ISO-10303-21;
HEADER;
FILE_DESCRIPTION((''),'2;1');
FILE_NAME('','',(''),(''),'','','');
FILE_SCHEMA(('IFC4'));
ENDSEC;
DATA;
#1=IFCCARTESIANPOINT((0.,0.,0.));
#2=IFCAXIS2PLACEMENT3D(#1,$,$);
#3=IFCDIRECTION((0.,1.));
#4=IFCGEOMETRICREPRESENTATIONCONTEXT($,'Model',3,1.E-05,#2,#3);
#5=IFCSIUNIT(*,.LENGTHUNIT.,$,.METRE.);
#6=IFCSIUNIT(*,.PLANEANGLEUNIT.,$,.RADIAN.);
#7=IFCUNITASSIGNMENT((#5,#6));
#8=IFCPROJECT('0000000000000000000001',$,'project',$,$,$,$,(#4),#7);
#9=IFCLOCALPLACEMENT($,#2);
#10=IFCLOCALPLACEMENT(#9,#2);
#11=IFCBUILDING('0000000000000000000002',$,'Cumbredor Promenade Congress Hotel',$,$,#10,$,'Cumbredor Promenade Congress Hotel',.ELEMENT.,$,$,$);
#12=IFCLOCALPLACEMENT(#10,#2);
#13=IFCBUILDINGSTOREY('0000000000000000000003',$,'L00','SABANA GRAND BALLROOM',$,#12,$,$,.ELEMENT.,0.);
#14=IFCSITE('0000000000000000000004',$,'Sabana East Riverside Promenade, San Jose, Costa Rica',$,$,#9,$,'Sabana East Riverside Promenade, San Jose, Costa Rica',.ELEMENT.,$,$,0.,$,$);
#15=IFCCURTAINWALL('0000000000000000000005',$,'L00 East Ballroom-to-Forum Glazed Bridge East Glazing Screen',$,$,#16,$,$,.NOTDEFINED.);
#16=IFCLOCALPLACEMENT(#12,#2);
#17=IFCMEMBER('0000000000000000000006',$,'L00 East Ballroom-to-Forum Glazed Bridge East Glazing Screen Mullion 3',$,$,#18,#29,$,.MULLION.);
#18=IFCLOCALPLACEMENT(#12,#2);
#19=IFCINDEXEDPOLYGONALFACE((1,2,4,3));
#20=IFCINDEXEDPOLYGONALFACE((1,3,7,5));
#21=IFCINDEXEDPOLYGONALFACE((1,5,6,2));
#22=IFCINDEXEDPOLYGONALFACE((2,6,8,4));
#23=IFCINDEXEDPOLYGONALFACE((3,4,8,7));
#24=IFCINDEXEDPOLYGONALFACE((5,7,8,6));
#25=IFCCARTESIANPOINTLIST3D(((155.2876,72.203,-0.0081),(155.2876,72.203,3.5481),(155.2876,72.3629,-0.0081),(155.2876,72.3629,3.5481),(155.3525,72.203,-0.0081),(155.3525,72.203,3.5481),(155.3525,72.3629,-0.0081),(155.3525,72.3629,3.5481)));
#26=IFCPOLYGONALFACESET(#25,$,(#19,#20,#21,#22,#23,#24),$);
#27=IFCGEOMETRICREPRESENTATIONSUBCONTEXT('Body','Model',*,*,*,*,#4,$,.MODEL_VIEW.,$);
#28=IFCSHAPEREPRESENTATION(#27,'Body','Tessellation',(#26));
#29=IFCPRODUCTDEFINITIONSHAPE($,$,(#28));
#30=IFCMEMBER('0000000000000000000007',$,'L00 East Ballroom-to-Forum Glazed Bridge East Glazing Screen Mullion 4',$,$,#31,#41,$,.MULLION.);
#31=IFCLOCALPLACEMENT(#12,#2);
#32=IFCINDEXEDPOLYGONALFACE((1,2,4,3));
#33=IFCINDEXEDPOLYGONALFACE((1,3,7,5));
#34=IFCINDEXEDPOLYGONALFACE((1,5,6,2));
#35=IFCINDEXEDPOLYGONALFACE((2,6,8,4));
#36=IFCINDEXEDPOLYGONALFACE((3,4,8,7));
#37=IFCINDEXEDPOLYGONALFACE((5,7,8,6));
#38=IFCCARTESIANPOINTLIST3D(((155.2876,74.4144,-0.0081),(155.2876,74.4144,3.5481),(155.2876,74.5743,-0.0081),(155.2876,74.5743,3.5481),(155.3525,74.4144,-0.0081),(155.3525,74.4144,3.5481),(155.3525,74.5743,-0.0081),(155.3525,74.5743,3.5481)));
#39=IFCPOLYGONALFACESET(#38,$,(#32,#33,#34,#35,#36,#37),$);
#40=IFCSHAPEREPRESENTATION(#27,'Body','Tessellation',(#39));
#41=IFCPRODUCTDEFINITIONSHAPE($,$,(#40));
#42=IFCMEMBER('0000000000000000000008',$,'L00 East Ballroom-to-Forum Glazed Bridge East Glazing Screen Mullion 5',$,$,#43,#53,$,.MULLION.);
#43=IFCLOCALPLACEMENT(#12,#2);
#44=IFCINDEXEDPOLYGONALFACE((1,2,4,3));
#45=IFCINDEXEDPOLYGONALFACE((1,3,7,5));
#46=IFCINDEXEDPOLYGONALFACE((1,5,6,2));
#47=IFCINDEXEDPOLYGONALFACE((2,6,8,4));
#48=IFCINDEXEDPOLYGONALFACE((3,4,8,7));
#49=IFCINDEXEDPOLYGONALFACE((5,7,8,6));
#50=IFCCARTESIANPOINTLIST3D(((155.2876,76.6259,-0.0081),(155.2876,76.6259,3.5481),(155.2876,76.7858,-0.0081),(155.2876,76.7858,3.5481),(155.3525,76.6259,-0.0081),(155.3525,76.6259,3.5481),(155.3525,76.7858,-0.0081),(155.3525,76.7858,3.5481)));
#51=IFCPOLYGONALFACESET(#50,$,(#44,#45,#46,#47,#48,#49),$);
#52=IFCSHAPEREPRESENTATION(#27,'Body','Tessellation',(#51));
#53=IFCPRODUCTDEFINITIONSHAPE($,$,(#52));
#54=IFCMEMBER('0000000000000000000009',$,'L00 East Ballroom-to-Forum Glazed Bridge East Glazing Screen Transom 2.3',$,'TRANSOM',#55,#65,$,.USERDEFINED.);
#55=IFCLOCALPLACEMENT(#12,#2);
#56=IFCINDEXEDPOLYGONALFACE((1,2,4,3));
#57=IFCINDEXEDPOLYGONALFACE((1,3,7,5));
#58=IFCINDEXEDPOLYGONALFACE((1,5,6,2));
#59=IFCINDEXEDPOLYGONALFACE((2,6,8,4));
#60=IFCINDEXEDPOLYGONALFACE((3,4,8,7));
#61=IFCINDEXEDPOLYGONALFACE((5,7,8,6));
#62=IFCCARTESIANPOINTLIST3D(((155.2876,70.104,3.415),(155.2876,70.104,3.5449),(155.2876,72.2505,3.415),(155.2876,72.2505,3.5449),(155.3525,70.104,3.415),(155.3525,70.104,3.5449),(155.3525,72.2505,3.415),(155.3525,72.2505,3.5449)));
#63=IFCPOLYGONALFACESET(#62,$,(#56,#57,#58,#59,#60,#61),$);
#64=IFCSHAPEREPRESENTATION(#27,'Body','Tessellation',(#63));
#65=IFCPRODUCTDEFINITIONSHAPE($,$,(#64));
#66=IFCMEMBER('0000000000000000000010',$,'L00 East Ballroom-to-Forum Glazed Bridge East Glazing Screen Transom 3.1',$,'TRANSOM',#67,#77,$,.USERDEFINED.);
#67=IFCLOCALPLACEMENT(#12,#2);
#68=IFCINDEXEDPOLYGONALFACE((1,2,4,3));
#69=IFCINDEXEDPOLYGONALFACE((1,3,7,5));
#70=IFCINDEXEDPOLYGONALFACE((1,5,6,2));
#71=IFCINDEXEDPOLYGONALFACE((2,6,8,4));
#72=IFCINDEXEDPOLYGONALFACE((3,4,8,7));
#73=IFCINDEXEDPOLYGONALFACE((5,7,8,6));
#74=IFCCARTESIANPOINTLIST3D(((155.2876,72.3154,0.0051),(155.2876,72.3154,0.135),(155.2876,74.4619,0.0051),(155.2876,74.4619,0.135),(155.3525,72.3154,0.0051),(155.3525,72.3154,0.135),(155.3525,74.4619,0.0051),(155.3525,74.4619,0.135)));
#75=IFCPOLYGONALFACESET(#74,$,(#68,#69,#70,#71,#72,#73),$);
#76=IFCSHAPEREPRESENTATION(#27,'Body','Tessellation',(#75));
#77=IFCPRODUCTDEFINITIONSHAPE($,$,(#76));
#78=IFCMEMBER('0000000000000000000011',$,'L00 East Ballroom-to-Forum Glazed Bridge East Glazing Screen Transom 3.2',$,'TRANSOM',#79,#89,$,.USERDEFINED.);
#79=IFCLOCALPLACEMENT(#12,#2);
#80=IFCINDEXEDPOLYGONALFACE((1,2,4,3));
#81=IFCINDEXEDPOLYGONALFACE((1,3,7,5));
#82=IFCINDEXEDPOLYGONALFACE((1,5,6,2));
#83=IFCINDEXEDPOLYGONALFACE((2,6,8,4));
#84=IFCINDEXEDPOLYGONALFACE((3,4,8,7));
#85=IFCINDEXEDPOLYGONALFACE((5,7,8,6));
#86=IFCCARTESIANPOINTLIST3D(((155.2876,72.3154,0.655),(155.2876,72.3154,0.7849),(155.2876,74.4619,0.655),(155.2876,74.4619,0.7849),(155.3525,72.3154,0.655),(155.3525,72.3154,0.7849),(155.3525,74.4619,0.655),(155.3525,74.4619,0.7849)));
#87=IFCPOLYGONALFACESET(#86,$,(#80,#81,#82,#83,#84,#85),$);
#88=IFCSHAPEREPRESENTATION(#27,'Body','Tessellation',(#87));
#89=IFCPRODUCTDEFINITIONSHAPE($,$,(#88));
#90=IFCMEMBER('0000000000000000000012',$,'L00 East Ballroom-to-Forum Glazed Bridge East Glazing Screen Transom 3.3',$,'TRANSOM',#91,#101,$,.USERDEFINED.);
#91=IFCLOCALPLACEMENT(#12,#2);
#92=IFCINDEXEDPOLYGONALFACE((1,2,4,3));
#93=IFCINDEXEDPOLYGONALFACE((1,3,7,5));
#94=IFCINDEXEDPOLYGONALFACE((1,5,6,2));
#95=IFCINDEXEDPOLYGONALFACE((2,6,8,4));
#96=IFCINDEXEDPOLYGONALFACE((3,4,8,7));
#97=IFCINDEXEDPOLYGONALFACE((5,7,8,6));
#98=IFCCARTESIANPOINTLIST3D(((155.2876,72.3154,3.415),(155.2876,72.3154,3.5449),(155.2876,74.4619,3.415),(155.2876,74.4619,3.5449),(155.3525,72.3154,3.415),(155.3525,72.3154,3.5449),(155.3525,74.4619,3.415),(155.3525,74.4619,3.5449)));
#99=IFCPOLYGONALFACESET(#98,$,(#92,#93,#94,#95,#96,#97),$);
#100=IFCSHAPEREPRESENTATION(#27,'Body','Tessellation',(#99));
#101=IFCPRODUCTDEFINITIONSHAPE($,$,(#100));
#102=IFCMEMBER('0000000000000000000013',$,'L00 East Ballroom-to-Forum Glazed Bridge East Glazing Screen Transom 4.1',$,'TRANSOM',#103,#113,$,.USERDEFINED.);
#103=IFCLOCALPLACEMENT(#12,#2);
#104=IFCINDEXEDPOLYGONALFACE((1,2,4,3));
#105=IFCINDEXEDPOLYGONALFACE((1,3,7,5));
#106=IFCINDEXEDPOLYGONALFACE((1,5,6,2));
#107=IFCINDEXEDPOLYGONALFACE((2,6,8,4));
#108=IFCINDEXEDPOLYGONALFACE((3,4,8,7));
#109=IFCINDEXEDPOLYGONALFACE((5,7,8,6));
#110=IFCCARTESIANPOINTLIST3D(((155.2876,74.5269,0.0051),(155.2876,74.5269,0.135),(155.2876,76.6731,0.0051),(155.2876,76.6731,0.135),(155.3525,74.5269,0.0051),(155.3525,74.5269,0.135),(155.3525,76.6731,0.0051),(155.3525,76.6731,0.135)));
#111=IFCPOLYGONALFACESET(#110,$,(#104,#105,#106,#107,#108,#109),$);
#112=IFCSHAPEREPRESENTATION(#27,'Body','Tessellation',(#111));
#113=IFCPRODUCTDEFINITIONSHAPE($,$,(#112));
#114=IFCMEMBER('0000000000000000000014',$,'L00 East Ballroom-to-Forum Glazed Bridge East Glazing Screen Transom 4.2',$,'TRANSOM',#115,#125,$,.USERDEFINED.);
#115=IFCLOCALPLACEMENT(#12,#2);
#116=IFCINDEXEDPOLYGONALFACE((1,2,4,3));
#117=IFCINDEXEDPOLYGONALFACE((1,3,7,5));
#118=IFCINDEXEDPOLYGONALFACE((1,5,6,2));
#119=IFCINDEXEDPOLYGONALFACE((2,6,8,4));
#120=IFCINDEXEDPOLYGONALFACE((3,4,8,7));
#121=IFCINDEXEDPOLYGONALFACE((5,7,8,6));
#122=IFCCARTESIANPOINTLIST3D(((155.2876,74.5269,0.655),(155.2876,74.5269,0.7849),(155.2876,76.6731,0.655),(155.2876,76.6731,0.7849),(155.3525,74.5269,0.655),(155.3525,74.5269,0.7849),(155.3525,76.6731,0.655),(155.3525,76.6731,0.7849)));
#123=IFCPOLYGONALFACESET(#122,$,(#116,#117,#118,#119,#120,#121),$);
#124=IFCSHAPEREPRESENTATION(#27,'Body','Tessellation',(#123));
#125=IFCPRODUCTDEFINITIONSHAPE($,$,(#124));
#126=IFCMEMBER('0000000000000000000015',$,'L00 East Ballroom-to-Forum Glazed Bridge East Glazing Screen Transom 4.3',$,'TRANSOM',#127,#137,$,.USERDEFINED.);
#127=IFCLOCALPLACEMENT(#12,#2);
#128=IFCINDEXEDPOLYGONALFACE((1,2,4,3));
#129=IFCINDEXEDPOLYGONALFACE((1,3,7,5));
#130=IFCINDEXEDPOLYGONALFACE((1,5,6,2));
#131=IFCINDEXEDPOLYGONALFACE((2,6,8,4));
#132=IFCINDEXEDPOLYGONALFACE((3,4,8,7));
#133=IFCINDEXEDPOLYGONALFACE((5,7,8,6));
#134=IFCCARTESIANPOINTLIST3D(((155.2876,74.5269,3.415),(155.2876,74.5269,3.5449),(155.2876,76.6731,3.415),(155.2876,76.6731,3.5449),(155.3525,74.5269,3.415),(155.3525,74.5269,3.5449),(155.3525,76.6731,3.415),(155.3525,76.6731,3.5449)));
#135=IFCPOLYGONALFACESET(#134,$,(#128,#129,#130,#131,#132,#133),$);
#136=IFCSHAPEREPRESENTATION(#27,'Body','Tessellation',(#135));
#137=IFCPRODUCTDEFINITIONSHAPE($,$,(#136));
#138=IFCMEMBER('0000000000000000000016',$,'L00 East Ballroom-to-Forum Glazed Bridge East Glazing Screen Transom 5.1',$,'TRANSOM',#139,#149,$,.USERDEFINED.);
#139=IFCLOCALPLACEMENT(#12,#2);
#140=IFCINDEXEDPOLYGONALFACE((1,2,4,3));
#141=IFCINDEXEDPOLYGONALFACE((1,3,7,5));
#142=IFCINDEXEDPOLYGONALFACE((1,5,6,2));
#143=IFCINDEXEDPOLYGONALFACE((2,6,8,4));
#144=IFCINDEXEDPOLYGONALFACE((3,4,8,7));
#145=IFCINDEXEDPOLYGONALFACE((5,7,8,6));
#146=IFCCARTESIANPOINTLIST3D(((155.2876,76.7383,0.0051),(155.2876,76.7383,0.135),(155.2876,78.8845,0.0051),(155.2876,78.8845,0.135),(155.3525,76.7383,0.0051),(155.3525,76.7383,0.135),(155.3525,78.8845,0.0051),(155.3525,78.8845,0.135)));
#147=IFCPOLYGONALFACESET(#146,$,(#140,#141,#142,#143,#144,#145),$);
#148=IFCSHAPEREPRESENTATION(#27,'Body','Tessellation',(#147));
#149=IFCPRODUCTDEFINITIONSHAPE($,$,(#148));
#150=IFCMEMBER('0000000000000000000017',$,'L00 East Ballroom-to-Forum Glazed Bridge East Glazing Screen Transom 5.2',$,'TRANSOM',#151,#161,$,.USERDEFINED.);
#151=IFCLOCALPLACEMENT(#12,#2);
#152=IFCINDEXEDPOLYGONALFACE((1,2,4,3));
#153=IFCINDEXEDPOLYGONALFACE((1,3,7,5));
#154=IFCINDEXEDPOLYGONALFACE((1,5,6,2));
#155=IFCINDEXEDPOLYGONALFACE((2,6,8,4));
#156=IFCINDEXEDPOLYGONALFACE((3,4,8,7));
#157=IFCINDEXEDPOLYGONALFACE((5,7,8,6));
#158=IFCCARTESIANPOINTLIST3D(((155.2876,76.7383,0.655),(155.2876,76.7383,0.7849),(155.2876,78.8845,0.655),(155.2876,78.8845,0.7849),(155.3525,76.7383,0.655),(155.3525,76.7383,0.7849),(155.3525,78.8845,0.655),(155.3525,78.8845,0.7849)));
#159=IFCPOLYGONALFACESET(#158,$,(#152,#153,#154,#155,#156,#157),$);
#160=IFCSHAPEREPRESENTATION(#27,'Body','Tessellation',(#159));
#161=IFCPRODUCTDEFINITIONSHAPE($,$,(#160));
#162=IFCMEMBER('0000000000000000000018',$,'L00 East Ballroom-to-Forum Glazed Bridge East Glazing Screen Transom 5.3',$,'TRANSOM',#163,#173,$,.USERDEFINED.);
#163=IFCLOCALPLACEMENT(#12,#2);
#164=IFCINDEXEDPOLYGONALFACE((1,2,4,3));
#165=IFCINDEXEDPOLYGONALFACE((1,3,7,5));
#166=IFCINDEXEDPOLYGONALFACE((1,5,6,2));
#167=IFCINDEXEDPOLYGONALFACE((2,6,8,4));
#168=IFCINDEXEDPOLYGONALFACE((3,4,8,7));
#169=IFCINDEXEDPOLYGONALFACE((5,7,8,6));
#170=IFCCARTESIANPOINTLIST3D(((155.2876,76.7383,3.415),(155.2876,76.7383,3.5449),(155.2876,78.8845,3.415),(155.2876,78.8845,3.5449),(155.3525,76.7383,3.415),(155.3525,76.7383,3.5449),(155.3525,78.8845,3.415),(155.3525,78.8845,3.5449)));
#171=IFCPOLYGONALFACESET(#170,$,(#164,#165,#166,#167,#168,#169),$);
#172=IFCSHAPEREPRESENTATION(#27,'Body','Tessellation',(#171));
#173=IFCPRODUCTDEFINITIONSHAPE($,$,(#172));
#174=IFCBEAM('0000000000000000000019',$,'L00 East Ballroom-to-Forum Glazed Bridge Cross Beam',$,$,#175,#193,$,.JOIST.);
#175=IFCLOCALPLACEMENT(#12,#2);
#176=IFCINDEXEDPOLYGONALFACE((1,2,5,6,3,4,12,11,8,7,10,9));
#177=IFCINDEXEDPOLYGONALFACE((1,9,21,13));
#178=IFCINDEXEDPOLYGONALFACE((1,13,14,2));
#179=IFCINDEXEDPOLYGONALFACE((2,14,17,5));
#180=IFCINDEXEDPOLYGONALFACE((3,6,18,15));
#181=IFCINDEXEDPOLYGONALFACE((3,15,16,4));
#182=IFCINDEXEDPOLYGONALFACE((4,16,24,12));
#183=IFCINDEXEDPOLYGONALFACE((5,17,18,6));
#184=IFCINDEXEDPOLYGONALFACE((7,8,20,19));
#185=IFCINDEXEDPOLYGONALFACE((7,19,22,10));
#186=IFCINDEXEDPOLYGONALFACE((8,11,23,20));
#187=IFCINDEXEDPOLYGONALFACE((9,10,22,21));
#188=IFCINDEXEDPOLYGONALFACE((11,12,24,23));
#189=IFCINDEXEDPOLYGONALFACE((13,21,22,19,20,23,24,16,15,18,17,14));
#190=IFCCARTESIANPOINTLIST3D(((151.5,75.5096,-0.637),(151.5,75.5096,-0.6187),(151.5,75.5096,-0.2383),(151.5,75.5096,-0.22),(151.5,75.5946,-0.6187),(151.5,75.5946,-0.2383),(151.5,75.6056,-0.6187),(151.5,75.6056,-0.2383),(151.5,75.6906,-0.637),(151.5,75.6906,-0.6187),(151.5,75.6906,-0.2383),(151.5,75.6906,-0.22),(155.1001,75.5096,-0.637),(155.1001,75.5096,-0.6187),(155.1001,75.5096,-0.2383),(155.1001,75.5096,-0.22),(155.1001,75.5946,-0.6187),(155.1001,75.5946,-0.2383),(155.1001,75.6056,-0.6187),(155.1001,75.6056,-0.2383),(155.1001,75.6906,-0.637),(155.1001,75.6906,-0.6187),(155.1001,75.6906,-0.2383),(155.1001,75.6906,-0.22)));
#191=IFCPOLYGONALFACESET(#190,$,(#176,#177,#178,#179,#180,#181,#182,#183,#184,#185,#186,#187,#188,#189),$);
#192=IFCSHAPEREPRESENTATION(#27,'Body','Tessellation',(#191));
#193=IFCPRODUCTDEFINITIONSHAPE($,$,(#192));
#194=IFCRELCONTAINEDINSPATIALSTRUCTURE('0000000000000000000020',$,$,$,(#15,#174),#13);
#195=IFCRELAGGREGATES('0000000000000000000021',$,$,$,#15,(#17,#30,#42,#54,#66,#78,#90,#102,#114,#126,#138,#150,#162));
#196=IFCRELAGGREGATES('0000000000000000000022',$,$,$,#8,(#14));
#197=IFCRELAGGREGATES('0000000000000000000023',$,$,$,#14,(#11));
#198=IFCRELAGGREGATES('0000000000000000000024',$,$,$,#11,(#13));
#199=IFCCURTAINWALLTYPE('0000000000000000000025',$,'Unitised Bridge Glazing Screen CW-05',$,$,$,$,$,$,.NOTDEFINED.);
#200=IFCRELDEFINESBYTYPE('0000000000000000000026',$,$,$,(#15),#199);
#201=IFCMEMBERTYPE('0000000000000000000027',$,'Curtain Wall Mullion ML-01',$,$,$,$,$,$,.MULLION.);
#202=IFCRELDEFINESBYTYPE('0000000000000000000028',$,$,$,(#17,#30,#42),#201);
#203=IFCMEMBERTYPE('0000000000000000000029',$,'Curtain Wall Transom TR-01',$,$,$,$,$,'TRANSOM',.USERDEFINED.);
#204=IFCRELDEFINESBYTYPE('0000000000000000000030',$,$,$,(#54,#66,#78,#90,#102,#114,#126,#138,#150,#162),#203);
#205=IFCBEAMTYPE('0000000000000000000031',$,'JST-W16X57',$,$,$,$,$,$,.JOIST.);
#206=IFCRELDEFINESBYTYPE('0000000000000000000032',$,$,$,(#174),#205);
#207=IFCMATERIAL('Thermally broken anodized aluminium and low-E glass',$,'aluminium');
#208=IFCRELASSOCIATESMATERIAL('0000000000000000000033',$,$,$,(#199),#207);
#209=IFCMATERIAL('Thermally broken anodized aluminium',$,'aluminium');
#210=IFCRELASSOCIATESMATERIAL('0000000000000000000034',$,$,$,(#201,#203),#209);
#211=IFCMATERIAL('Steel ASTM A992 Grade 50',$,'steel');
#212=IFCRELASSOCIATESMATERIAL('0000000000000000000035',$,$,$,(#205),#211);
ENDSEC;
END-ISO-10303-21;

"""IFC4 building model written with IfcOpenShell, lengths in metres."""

from ifc_helpers import new_model, si_unit, direction, frame, origin, origin_2d, place, context, subcontext, project, spatial, rectangle, i_section, extrude, material, material_profile, profile_set, type_object, element, aggregate, save


model = new_model("IFC4")

# Units and contexts
model_context = context("Model", 3, precision=1e-05, world=origin(), true_north=direction((0.0, 1.0)))
body_context = subcontext(model_context, "Body", "Model", "MODEL_VIEW")
ifc_project = project(units=[si_unit("LENGTHUNIT", "METRE"), si_unit("PLANEANGLEUNIT", "RADIAN")], contexts=[model_context])

# Site, building, storey
site_placement = place(None, origin())
site = spatial("IfcSite", under=ifc_project, at=site_placement, Name="Sabana East Riverside Promenade, San Jose, Costa Rica", LongName="Sabana East Riverside Promenade, San Jose, Costa Rica", CompositionType="ELEMENT", RefElevation=0.0)
building_placement = place(site_placement, origin())
building = spatial("IfcBuilding", under=site, at=building_placement, Name="Cumbredor Promenade Congress Hotel", LongName="Cumbredor Promenade Congress Hotel", CompositionType="ELEMENT")
storey_placement = place(building_placement, origin())
storey = spatial("IfcBuildingStorey", under=building, at=storey_placement, Name="L00", Description="SABANA GRAND BALLROOM", CompositionType="ELEMENT", Elevation=0.0)

# Curtain wall, members
ifc_material_1 = material(Name="Thermally broken anodized aluminium and low-E glass", Category="aluminium")
curtain_wall_type = type_object("IfcCurtainWallType", Name="Unitised Bridge Glazing Screen CW-05", PredefinedType="NOTDEFINED", material=ifc_material_1)
curtain_wall_placement = place(storey_placement, origin())
curtain_wall = element("IfcCurtainWall", 1, at=curtain_wall_placement, inside=storey, type_object=curtain_wall_type, Name="L00 East Ballroom-to-Forum Glazed Bridge East Glazing Screen", PredefinedType="NOTDEFINED")
ifc_material_2 = material(Name="Thermally broken anodized aluminium", Category="aluminium")
ifc_material_profile_1 = material_profile(ifc_material_2, rectangle(XDim=0.0649, YDim=0.1599, at=origin_2d()), Name="ALU MULLION 65x160")
ifc_profile_set_1 = profile_set([ifc_material_profile_1], Name="Thermally broken anodized aluminium")
member_type_1 = type_object("IfcMemberType", Name="Curtain Wall Mullion ML-01", PredefinedType="MULLION", material=ifc_profile_set_1)
member_1_placement = place(storey_placement, frame((155.3201, 72.283, -0.0081), z_axis=(0.0, 0.0, 1.0), x_axis=(1.0, 0.0, 0.0)))
member_1 = element("IfcMember", 2, at=member_1_placement, type_object=member_type_1, Name="L00 East Ballroom-to-Forum Glazed Bridge East Glazing Screen Mullion 3", PredefinedType="MULLION", context=body_context, shape_type="SweptSolid", body=[
    extrude(rectangle(XDim=0.0649, YDim=0.1599, at=origin_2d()), origin(), (0.0, 0.0, 1.0), 3.5562),
])
member_2_placement = place(storey_placement, frame((155.3201, 74.4944, -0.0081), z_axis=(0.0, 0.0, 1.0), x_axis=(1.0, 0.0, 0.0)))
member_2 = element("IfcMember", 3, at=member_2_placement, type_object=member_type_1, Name="L00 East Ballroom-to-Forum Glazed Bridge East Glazing Screen Mullion 4", PredefinedType="MULLION", context=body_context, shape_type="SweptSolid", body=[
    extrude(rectangle(XDim=0.0649, YDim=0.1599, at=origin_2d()), origin(), (0.0, 0.0, 1.0), 3.5562),
])
member_3_placement = place(storey_placement, frame((155.3201, 76.7058, -0.0081), z_axis=(0.0, 0.0, 1.0), x_axis=(1.0, 0.0, 0.0)))
member_3 = element("IfcMember", 4, at=member_3_placement, type_object=member_type_1, Name="L00 East Ballroom-to-Forum Glazed Bridge East Glazing Screen Mullion 5", PredefinedType="MULLION", context=body_context, shape_type="SweptSolid", body=[
    extrude(rectangle(XDim=0.0649, YDim=0.1599, at=origin_2d()), origin(), (0.0, 0.0, 1.0), 3.5562),
])
ifc_material_profile_2 = material_profile(ifc_material_2, rectangle(XDim=0.0649, YDim=0.1299, at=origin_2d()), Name="ALU TRANSOM 65x130")
ifc_profile_set_2 = profile_set([ifc_material_profile_2], Name="Thermally broken anodized aluminium")
member_type_2 = type_object("IfcMemberType", Name="Curtain Wall Transom TR-01", ElementType="TRANSOM", PredefinedType="USERDEFINED", material=ifc_profile_set_2)
member_4_placement = place(storey_placement, frame((155.3201, 70.104, 3.48), z_axis=(0.0, 1.0, 0.0), x_axis=(-1.0, 0.0, 0.0)))
member_4 = element("IfcMember", 5, at=member_4_placement, type_object=member_type_2, Name="L00 East Ballroom-to-Forum Glazed Bridge East Glazing Screen Transom 2.3", ObjectType="TRANSOM", PredefinedType="USERDEFINED", context=body_context, shape_type="SweptSolid", body=[
    extrude(rectangle(XDim=0.0649, YDim=0.1299, at=origin_2d()), origin(), (0.0, 0.0, 1.0), 2.1465),
])
member_5_placement = place(storey_placement, frame((155.3201, 72.3154, 0.0701), z_axis=(0.0, 1.0, 0.0), x_axis=(-1.0, 0.0, 0.0)))
member_5 = element("IfcMember", 6, at=member_5_placement, type_object=member_type_2, Name="L00 East Ballroom-to-Forum Glazed Bridge East Glazing Screen Transom 3.1", ObjectType="TRANSOM", PredefinedType="USERDEFINED", context=body_context, shape_type="SweptSolid", body=[
    extrude(rectangle(XDim=0.0649, YDim=0.1299, at=origin_2d()), origin(), (0.0, 0.0, 1.0), 2.1465),
])
member_6_placement = place(storey_placement, frame((155.3201, 72.3154, 0.72), z_axis=(0.0, 1.0, 0.0), x_axis=(-1.0, 0.0, 0.0)))
member_6 = element("IfcMember", 7, at=member_6_placement, type_object=member_type_2, Name="L00 East Ballroom-to-Forum Glazed Bridge East Glazing Screen Transom 3.2", ObjectType="TRANSOM", PredefinedType="USERDEFINED", context=body_context, shape_type="SweptSolid", body=[
    extrude(rectangle(XDim=0.0649, YDim=0.1299, at=origin_2d()), origin(), (0.0, 0.0, 1.0), 2.1465),
])
member_7_placement = place(storey_placement, frame((155.3201, 72.3154, 3.48), z_axis=(0.0, 1.0, 0.0), x_axis=(-1.0, 0.0, 0.0)))
member_7 = element("IfcMember", 8, at=member_7_placement, type_object=member_type_2, Name="L00 East Ballroom-to-Forum Glazed Bridge East Glazing Screen Transom 3.3", ObjectType="TRANSOM", PredefinedType="USERDEFINED", context=body_context, shape_type="SweptSolid", body=[
    extrude(rectangle(XDim=0.0649, YDim=0.1299, at=origin_2d()), origin(), (0.0, 0.0, 1.0), 2.1465),
])
member_8_placement = place(storey_placement, frame((155.3201, 74.5269, 0.0701), z_axis=(0.0, 1.0, 0.0), x_axis=(-1.0, 0.0, 0.0)))
member_8 = element("IfcMember", 9, at=member_8_placement, type_object=member_type_2, Name="L00 East Ballroom-to-Forum Glazed Bridge East Glazing Screen Transom 4.1", ObjectType="TRANSOM", PredefinedType="USERDEFINED", context=body_context, shape_type="SweptSolid", body=[
    extrude(rectangle(XDim=0.0649, YDim=0.1299, at=origin_2d()), origin(), (0.0, 0.0, 1.0), 2.1462),
])
member_9_placement = place(storey_placement, frame((155.3201, 74.5269, 0.72), z_axis=(0.0, 1.0, 0.0), x_axis=(-1.0, 0.0, 0.0)))
member_9 = element("IfcMember", 10, at=member_9_placement, type_object=member_type_2, Name="L00 East Ballroom-to-Forum Glazed Bridge East Glazing Screen Transom 4.2", ObjectType="TRANSOM", PredefinedType="USERDEFINED", context=body_context, shape_type="SweptSolid", body=[
    extrude(rectangle(XDim=0.0649, YDim=0.1299, at=origin_2d()), origin(), (0.0, 0.0, 1.0), 2.1462),
])
member_10_placement = place(storey_placement, frame((155.3201, 74.5269, 3.48), z_axis=(0.0, 1.0, 0.0), x_axis=(-1.0, 0.0, 0.0)))
member_10 = element("IfcMember", 11, at=member_10_placement, type_object=member_type_2, Name="L00 East Ballroom-to-Forum Glazed Bridge East Glazing Screen Transom 4.3", ObjectType="TRANSOM", PredefinedType="USERDEFINED", context=body_context, shape_type="SweptSolid", body=[
    extrude(rectangle(XDim=0.0649, YDim=0.1299, at=origin_2d()), origin(), (0.0, 0.0, 1.0), 2.1462),
])
member_11_placement = place(storey_placement, frame((155.3201, 76.7383, 0.0701), z_axis=(0.0, 1.0, 0.0), x_axis=(-1.0, 0.0, 0.0)))
member_11 = element("IfcMember", 12, at=member_11_placement, type_object=member_type_2, Name="L00 East Ballroom-to-Forum Glazed Bridge East Glazing Screen Transom 5.1", ObjectType="TRANSOM", PredefinedType="USERDEFINED", context=body_context, shape_type="SweptSolid", body=[
    extrude(rectangle(XDim=0.0649, YDim=0.1299, at=origin_2d()), origin(), (0.0, 0.0, 1.0), 2.1462),
])
member_12_placement = place(storey_placement, frame((155.3201, 76.7383, 0.72), z_axis=(0.0, 1.0, 0.0), x_axis=(-1.0, 0.0, 0.0)))
member_12 = element("IfcMember", 13, at=member_12_placement, type_object=member_type_2, Name="L00 East Ballroom-to-Forum Glazed Bridge East Glazing Screen Transom 5.2", ObjectType="TRANSOM", PredefinedType="USERDEFINED", context=body_context, shape_type="SweptSolid", body=[
    extrude(rectangle(XDim=0.0649, YDim=0.1299, at=origin_2d()), origin(), (0.0, 0.0, 1.0), 2.1462),
])
member_13_placement = place(storey_placement, frame((155.3201, 76.7383, 3.48), z_axis=(0.0, 1.0, 0.0), x_axis=(-1.0, 0.0, 0.0)))
member_13 = element("IfcMember", 14, at=member_13_placement, type_object=member_type_2, Name="L00 East Ballroom-to-Forum Glazed Bridge East Glazing Screen Transom 5.3", ObjectType="TRANSOM", PredefinedType="USERDEFINED", context=body_context, shape_type="SweptSolid", body=[
    extrude(rectangle(XDim=0.0649, YDim=0.1299, at=origin_2d()), origin(), (0.0, 0.0, 1.0), 2.1462),
])

# Beam
ifc_material_3 = material(Name="Steel ASTM A992 Grade 50", Category="steel")
ifc_material_profile_3 = material_profile(ifc_material_3, i_section(OverallWidth=0.1809, OverallDepth=0.417, WebThickness=0.011, FlangeThickness=0.0183, at=origin_2d()), Name="W16X57")
ifc_profile_set_3 = profile_set([ifc_material_profile_3], Name="Steel ASTM A992 Grade 50")
beam_type = type_object("IfcBeamType", Name="JST-W16X57", PredefinedType="JOIST", material=ifc_profile_set_3)
beam_placement = place(storey_placement, frame((151.5, 75.6001, -0.4285), z_axis=(1.0, 0.0, 0.0), x_axis=(0.0, 1.0, 0.0)))
element("IfcBeam", 15, at=beam_placement, inside=storey, type_object=beam_type, Name="L00 East Ballroom-to-Forum Glazed Bridge Cross Beam", PredefinedType="JOIST", context=body_context, shape_type="SweptSolid", body=[
    extrude(i_section(OverallWidth=0.1809, OverallDepth=0.417, WebThickness=0.011, FlangeThickness=0.0183, at=origin_2d()), origin(), (0.0, 0.0, 1.0), 3.6001),
])

aggregate(curtain_wall, [member_1, member_2, member_3, member_4, member_5, member_6, member_7, member_8, member_9, member_10, member_11, member_12, member_13])

save(model, "model.ifc")
